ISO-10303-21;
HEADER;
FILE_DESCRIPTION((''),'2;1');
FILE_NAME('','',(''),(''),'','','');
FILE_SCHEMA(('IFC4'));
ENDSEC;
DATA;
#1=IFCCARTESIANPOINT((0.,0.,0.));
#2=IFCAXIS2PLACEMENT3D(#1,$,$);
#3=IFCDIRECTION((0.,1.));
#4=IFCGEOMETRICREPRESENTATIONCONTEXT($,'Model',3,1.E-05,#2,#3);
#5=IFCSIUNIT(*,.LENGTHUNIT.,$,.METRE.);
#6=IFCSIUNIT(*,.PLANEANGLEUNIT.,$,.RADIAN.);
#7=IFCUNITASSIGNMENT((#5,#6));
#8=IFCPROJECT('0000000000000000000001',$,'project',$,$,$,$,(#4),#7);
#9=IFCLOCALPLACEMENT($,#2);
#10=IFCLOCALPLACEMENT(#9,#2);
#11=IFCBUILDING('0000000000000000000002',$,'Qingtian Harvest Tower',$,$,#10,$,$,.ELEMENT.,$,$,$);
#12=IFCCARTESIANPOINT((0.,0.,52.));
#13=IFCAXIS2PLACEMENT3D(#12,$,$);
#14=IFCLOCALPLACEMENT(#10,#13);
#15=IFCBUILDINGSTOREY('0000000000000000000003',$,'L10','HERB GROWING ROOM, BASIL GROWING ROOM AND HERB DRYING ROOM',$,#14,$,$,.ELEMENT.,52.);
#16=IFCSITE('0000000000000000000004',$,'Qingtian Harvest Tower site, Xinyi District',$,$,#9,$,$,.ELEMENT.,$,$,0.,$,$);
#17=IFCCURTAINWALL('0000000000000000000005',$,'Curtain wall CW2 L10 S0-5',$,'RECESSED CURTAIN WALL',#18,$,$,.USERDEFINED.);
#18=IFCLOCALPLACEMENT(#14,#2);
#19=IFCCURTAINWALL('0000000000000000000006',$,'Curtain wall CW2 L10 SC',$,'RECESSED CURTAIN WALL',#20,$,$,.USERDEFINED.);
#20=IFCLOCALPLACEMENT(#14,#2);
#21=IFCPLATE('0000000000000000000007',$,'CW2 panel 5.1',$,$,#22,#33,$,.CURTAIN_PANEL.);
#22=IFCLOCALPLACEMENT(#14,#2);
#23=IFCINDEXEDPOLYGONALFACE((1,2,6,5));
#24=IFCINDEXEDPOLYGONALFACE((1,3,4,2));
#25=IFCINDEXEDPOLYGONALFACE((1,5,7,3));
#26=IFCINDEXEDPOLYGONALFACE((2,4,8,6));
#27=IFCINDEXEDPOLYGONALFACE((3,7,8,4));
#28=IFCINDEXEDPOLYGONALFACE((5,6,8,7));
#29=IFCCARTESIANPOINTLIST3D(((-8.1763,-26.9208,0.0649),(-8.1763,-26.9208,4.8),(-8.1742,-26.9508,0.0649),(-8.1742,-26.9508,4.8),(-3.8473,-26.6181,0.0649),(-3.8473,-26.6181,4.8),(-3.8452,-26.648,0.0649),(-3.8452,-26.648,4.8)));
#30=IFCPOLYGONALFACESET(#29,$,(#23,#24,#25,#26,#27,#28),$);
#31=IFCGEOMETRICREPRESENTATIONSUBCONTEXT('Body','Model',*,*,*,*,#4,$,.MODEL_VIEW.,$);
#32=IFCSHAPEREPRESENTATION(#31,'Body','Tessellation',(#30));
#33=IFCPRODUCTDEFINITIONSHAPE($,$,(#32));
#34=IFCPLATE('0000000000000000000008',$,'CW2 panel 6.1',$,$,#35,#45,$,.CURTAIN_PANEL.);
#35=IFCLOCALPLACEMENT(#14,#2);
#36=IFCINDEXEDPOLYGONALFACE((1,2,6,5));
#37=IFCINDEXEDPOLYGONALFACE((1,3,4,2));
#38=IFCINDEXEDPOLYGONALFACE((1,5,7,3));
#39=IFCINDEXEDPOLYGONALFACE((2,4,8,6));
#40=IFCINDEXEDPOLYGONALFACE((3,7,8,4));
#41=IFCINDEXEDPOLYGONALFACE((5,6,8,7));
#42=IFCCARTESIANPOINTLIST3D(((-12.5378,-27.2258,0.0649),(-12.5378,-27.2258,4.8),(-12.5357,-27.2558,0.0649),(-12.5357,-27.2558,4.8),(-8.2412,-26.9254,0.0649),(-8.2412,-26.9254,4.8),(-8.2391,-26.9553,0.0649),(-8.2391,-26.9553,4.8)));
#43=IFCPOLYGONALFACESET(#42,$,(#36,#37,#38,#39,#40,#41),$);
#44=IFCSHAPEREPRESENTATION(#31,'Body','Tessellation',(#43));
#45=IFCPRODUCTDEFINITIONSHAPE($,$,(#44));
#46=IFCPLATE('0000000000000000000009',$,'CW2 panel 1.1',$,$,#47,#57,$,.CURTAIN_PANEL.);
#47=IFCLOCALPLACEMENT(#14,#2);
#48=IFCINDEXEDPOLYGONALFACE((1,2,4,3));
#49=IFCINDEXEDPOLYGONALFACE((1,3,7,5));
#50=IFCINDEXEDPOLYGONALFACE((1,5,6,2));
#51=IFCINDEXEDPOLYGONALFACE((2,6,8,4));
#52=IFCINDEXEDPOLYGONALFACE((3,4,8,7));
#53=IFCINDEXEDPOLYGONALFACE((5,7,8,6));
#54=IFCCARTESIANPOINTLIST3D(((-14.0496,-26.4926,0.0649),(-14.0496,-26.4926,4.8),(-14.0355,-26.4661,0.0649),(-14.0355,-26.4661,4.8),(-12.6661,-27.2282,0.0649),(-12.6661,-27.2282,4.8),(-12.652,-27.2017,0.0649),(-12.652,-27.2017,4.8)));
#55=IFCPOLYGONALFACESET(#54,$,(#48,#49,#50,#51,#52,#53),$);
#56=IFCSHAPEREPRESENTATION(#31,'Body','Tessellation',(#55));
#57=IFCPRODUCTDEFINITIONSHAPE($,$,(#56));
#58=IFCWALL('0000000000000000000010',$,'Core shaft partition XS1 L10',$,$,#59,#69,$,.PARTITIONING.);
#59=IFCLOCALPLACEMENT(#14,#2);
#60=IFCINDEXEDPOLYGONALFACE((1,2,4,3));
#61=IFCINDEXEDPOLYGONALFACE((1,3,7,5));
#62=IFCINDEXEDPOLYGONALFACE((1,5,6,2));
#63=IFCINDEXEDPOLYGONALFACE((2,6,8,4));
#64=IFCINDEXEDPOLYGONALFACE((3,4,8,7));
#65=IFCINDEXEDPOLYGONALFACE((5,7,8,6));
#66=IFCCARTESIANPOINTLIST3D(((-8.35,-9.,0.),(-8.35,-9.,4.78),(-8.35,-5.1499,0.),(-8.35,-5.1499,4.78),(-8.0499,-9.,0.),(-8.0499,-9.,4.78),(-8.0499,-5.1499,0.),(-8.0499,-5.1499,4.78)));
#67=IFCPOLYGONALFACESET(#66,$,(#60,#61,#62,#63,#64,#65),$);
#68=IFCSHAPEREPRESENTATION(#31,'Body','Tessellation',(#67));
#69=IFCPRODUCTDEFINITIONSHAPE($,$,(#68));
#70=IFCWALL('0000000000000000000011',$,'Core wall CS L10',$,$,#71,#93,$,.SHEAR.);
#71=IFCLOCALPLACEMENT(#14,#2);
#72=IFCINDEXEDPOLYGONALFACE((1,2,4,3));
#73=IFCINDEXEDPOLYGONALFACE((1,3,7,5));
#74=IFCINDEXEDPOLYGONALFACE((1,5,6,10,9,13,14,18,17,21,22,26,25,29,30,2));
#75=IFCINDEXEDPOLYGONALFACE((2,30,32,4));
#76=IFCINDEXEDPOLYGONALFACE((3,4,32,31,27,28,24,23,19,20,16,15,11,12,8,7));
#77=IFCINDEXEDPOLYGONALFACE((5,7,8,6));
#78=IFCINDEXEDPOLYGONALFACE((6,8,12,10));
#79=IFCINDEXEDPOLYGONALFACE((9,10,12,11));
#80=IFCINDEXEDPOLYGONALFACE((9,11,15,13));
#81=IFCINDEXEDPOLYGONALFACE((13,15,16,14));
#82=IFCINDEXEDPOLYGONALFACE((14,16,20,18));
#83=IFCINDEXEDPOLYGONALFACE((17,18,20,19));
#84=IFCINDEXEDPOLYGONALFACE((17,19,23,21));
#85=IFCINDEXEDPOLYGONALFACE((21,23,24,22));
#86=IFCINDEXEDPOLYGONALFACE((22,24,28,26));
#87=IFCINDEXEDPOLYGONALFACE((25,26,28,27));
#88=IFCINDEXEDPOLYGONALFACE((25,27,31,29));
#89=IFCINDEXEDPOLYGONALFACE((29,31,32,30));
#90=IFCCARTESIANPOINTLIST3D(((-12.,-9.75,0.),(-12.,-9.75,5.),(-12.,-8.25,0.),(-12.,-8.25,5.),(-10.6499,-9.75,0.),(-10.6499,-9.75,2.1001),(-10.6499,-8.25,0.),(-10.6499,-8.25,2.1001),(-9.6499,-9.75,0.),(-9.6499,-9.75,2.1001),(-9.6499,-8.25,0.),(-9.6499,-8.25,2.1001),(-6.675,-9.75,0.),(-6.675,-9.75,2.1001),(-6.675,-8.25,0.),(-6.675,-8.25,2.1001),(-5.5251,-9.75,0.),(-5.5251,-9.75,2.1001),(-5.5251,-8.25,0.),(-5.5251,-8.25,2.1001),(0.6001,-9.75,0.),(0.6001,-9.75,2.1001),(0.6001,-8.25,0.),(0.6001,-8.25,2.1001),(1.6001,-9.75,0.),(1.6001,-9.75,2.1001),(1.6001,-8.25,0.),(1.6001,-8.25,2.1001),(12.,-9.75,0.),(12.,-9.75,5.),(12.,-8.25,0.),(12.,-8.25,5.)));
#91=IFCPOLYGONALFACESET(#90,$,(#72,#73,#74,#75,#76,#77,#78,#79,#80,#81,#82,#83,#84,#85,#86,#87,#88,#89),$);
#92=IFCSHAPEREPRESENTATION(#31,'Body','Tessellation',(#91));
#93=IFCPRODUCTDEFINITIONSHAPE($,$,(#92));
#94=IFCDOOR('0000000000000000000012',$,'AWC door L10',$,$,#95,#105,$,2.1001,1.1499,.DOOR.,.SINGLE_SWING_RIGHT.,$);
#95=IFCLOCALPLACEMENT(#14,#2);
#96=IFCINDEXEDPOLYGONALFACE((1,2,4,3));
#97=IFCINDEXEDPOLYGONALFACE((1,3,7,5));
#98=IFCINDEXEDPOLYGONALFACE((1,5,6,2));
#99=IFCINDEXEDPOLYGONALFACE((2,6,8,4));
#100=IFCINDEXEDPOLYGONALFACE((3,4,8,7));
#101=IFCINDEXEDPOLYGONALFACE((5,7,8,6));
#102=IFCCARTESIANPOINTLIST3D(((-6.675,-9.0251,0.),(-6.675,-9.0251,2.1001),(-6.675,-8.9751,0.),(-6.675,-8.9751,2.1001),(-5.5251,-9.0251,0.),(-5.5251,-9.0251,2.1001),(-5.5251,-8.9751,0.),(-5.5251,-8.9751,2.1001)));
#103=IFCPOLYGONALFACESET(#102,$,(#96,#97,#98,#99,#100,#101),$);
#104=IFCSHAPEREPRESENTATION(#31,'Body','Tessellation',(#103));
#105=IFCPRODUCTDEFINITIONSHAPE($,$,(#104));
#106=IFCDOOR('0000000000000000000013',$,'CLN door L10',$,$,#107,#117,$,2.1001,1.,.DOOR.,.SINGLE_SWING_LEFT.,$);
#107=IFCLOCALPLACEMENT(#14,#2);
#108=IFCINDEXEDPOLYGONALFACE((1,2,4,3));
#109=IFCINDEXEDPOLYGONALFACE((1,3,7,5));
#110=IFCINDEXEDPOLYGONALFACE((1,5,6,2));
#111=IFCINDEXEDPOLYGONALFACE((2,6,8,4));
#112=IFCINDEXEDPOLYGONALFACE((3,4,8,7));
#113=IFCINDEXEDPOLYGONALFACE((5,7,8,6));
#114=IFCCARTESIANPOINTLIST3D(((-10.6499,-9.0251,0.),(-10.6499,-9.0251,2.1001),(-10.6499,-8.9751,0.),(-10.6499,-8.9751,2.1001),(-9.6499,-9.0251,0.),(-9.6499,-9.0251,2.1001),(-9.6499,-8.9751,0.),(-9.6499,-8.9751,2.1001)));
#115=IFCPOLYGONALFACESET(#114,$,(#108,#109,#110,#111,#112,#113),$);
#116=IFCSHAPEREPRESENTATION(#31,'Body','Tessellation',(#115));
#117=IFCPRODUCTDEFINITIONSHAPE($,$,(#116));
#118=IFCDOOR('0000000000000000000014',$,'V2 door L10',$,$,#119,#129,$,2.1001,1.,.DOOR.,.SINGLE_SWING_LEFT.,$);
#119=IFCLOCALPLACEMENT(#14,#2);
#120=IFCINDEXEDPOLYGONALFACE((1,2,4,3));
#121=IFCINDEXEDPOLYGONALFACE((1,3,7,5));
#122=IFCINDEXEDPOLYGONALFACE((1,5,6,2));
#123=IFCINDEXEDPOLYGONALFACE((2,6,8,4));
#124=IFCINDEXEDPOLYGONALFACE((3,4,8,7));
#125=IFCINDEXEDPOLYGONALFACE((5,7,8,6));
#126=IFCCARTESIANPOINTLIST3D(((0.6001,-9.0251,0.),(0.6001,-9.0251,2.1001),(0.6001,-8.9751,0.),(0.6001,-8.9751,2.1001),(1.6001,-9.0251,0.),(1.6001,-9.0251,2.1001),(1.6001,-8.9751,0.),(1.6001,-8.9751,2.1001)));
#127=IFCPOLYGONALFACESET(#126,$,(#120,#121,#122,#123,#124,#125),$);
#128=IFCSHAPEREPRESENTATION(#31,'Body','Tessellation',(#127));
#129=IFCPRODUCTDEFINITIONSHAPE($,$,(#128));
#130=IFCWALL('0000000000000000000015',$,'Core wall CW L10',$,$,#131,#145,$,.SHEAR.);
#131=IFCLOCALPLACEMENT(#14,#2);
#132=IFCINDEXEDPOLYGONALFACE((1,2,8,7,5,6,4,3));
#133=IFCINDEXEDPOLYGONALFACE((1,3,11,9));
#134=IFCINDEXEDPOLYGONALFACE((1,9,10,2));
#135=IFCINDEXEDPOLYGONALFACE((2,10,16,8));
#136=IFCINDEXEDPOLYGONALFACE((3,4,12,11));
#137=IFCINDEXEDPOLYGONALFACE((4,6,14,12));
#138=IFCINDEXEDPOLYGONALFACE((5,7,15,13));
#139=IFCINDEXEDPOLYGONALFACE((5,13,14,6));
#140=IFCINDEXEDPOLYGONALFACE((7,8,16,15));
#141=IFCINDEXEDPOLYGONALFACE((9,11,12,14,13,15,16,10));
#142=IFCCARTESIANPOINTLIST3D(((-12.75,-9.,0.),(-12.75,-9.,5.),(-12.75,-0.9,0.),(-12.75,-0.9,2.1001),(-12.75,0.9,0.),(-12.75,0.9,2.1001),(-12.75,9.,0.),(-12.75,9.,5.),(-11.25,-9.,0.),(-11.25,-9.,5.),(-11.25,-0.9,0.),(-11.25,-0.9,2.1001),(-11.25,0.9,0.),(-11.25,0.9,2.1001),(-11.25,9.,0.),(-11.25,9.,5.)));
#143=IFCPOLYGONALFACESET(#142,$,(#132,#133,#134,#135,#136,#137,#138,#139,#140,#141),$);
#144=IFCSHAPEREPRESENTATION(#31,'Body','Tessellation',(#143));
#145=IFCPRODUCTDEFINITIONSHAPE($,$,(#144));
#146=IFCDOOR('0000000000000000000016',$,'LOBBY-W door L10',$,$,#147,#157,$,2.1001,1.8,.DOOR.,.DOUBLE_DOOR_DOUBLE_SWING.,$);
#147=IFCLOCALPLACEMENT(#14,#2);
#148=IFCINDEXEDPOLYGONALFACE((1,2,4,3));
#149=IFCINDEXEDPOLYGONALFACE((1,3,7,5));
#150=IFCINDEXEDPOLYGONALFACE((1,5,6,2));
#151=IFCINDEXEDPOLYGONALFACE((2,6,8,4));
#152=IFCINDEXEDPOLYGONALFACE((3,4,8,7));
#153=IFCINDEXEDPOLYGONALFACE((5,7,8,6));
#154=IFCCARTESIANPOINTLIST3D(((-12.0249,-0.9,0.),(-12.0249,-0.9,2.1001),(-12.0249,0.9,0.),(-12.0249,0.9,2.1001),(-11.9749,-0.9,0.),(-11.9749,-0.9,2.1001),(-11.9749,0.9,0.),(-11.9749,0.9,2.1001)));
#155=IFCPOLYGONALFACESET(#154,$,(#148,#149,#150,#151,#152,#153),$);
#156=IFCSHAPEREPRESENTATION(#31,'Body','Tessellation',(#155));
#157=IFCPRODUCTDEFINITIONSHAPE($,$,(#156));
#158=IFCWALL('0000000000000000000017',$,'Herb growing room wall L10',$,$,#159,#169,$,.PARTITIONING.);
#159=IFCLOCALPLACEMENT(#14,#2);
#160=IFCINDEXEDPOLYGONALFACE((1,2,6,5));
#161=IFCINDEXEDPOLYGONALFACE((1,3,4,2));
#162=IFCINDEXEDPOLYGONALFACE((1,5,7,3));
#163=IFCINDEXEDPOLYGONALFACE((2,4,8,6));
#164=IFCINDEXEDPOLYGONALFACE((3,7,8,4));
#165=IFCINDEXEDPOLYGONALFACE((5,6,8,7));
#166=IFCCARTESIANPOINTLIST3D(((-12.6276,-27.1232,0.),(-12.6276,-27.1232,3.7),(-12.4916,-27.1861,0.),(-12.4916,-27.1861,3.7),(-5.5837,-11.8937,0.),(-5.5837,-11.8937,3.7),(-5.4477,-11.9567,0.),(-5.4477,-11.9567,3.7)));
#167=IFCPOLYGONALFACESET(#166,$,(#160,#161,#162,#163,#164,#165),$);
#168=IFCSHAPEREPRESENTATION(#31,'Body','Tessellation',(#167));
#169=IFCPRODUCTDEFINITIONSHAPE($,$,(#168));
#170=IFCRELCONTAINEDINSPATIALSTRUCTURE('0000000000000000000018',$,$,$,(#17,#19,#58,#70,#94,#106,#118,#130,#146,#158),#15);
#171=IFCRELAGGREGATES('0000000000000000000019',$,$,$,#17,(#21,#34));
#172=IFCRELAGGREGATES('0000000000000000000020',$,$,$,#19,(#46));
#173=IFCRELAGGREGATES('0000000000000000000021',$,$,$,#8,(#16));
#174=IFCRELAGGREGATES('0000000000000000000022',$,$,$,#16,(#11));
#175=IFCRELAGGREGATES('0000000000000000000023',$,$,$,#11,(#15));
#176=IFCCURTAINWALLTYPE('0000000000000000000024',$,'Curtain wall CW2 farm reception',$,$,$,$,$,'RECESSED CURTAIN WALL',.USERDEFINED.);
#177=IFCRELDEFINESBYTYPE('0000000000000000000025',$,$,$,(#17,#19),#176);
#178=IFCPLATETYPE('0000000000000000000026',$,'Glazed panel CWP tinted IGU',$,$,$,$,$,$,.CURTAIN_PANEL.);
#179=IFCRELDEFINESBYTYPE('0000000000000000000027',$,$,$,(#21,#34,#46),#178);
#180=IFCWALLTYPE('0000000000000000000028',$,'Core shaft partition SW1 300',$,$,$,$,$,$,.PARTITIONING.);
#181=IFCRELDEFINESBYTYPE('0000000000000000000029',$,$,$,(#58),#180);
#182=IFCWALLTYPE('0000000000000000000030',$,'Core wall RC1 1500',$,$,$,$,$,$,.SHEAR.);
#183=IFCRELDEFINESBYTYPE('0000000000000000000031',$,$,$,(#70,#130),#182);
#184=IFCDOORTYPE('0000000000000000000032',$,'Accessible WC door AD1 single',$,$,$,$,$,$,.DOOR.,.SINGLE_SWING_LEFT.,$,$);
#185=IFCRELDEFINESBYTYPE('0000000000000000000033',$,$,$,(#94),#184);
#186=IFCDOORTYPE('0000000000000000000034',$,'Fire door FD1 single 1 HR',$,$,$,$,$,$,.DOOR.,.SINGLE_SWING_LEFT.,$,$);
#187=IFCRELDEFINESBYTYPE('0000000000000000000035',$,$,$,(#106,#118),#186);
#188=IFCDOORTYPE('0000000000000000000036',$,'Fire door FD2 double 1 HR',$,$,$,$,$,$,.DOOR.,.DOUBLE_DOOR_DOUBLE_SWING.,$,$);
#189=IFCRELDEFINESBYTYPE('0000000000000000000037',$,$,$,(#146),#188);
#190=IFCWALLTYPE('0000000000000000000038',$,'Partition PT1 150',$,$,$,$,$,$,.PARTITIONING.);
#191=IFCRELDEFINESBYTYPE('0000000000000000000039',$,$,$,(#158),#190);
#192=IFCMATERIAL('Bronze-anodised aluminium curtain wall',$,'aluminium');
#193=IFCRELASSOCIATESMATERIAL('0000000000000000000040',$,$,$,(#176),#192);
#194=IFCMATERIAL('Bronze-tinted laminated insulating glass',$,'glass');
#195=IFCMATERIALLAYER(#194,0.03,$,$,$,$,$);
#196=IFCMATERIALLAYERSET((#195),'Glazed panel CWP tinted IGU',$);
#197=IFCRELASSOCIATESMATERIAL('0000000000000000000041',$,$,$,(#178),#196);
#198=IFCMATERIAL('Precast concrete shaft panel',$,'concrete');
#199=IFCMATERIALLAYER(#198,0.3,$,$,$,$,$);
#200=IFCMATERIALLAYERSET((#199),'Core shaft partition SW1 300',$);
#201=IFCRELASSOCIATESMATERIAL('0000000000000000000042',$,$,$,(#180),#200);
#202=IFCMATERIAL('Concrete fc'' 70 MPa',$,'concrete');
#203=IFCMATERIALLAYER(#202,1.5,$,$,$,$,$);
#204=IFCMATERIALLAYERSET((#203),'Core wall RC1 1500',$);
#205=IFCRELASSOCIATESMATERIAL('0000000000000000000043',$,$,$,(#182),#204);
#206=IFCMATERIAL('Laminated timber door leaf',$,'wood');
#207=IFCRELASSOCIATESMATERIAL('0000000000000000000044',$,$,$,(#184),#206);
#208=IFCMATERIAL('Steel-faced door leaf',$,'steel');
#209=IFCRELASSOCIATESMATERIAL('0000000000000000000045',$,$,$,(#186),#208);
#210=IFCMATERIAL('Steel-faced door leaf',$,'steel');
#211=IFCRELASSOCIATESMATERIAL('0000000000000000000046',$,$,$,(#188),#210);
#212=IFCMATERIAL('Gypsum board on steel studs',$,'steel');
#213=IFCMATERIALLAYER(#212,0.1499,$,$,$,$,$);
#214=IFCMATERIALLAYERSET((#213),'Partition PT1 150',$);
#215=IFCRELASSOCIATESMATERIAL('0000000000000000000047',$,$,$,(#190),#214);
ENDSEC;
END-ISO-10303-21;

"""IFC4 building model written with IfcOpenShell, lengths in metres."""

from ifc_helpers import new_model, si_unit, direction, frame, frame_2d, origin, origin_2d, place, context, subcontext, project, spatial, rectangle, extrude, material, layer, layer_set, type_object, element, fill, aggregate, save


model = new_model("IFC4")

# Units and contexts
model_context = context("Model", 3, precision=1e-05, world=origin(), true_north=direction((0.0, 1.0)))
body_context = subcontext(model_context, "Body", "Model", "MODEL_VIEW")
ifc_project = project(units=[si_unit("LENGTHUNIT", "METRE"), si_unit("PLANEANGLEUNIT", "RADIAN")], contexts=[model_context])

# Site, building, storey
site_placement = place(None, origin())
site = spatial("IfcSite", under=ifc_project, at=site_placement, Name="Qingtian Harvest Tower site, Xinyi District", CompositionType="ELEMENT", RefElevation=0.0)
building_placement = place(site_placement, origin())
building = spatial("IfcBuilding", under=site, at=building_placement, Name="Qingtian Harvest Tower", CompositionType="ELEMENT")
storey_placement = place(building_placement, frame((0.0, 0.0, 52.0)))
storey = spatial("IfcBuildingStorey", under=building, at=storey_placement, Name="L10", Description="HERB GROWING ROOM, BASIL GROWING ROOM AND HERB DRYING ROOM", CompositionType="ELEMENT", Elevation=52.0)

# Curtain walls
ifc_material_1 = material(Name="Bronze-anodised aluminium curtain wall", Category="aluminium")
curtain_wall_type = type_object("IfcCurtainWallType", Name="Curtain wall CW2 farm reception", ElementType="RECESSED CURTAIN WALL", PredefinedType="USERDEFINED", material=ifc_material_1)
curtain_wall_1_placement = place(storey_placement, origin())
curtain_wall_1 = element("IfcCurtainWall", 1, at=curtain_wall_1_placement, inside=storey, type_object=curtain_wall_type, Name="Curtain wall CW2 L10 S0-5", ObjectType="RECESSED CURTAIN WALL", PredefinedType="USERDEFINED")
curtain_wall_2_placement = place(storey_placement, origin())
curtain_wall_2 = element("IfcCurtainWall", 2, at=curtain_wall_2_placement, inside=storey, type_object=curtain_wall_type, Name="Curtain wall CW2 L10 SC", ObjectType="RECESSED CURTAIN WALL", PredefinedType="USERDEFINED")

# Plates
ifc_material_2 = material(Name="Bronze-tinted laminated insulating glass", Category="glass")
ifc_layer_1 = layer(ifc_material_2, 0.03)
ifc_layer_set_1 = layer_set([ifc_layer_1], Name="Glazed panel CWP tinted IGU")
plate_type = type_object("IfcPlateType", Name="Glazed panel CWP tinted IGU", PredefinedType="CURTAIN_PANEL", material=ifc_layer_set_1)
plate_1_placement = place(storey_placement, frame((-6.0107, -26.7844, 0.0649), z_axis=(0.0, 0.0, 1.0), x_axis=(-0.997564, -0.069756, 0.0)))
plate_1 = element("IfcPlate", 3, at=plate_1_placement, type_object=plate_type, Name="CW2 panel 5.1", PredefinedType="CURTAIN_PANEL", context=body_context, shape_type="SweptSolid", body=[
    extrude(rectangle(XDim=4.3396, YDim=0.03, at=origin_2d()), origin(), (0.0, 0.0, 1.0), 4.7351),
])
plate_2_placement = place(storey_placement, frame((-10.3884, -27.0906, 0.0649), z_axis=(0.0, 0.0, 1.0), x_axis=(-0.997564, -0.069756, 0.0)))
plate_2 = element("IfcPlate", 4, at=plate_2_placement, type_object=plate_type, Name="CW2 panel 6.1", PredefinedType="CURTAIN_PANEL", context=body_context, shape_type="SweptSolid", body=[
    extrude(rectangle(XDim=4.3071, YDim=0.03, at=origin_2d()), origin(), (0.0, 0.0, 1.0), 4.7351),
])
aggregate(curtain_wall_1, [plate_1, plate_2])
plate_3_placement = place(storey_placement, frame((-13.3508, -26.8472, 0.0649), z_axis=(0.0, 0.0, 1.0), x_axis=(-0.882948, 0.469472, 0.0)))
plate_3 = element("IfcPlate", 5, at=plate_3_placement, type_object=plate_type, Name="CW2 panel 1.1", PredefinedType="CURTAIN_PANEL", context=body_context, shape_type="SweptSolid", body=[
    extrude(rectangle(XDim=1.5669, YDim=0.03, at=origin_2d()), origin(), (0.0, 0.0, 1.0), 4.7351),
])
aggregate(curtain_wall_2, [plate_3])

# Wall
ifc_material_3 = material(Name="Precast concrete shaft panel", Category="concrete")
ifc_layer_2 = layer(ifc_material_3, 0.3)
ifc_layer_set_2 = layer_set([ifc_layer_2], Name="Core shaft partition SW1 300")
wall_type_1 = type_object("IfcWallType", Name="Core shaft partition SW1 300", PredefinedType="PARTITIONING", material=ifc_layer_set_2)
wall_1_placement = place(storey_placement, frame((-8.2, -9.0, 0.0), z_axis=(0.0, 0.0, 1.0), x_axis=(0.0, 1.0, 0.0)))
element("IfcWall", 6, at=wall_1_placement, inside=storey, type_object=wall_type_1, Name="Core shaft partition XS1 L10", PredefinedType="PARTITIONING", context=body_context, shape_type="SweptSolid", body=[
    extrude(rectangle(XDim=3.8501, YDim=0.3, at=frame_2d((1.925, 0.0))), origin(), (0.0, 0.0, 1.0), 4.78),
])

# Wall, openings, doors
ifc_material_4 = material(Name="Concrete fc' 70 MPa", Category="concrete")
ifc_layer_3 = layer(ifc_material_4, 1.5)
ifc_layer_set_3 = layer_set([ifc_layer_3], Name="Core wall RC1 1500")
wall_type_2 = type_object("IfcWallType", Name="Core wall RC1 1500", PredefinedType="SHEAR", material=ifc_layer_set_3)
wall_2_placement = place(storey_placement, frame((-12.0, -9.0, 0.0), z_axis=(0.0, 0.0, 1.0), x_axis=(1.0, 0.0, 0.0)))
wall_2 = element("IfcWall", 7, at=wall_2_placement, inside=storey, type_object=wall_type_2, Name="Core wall CS L10", PredefinedType="SHEAR", context=body_context, shape_type="SweptSolid", body=[
    extrude(rectangle(XDim=24.0, YDim=1.5, at=frame_2d((12.0, 0.0))), origin(), (0.0, 0.0, 1.0), 5.0),
])
opening_1_placement = place(wall_2_placement, frame((1.3501, 0.0, 0.0)))
opening_1 = element("IfcOpeningElement", 8, at=opening_1_placement, cuts=wall_2, PredefinedType="OPENING", context=body_context, shape_type="SweptSolid", body=[
    extrude(rectangle(XDim=1.0, YDim=2.1001, at=frame_2d((0.5, 1.05))), frame((0.0, 0.76, 0.0), z_axis=(0.0, -1.0, 0.0), x_axis=(1.0, 0.0, 0.0)), (0.0, 0.0, 1.0), 1.52),
])
opening_2_placement = place(wall_2_placement, frame((5.325, 0.0, 0.0)))
opening_2 = element("IfcOpeningElement", 9, at=opening_2_placement, cuts=wall_2, PredefinedType="OPENING", context=body_context, shape_type="SweptSolid", body=[
    extrude(rectangle(XDim=1.1499, YDim=2.1001, at=frame_2d((0.575, 1.05))), frame((0.0, 0.76, 0.0), z_axis=(0.0, -1.0, 0.0), x_axis=(1.0, 0.0, 0.0)), (0.0, 0.0, 1.0), 1.52),
])
opening_3_placement = place(wall_2_placement, frame((12.6001, 0.0, 0.0)))
opening_3 = element("IfcOpeningElement", 10, at=opening_3_placement, cuts=wall_2, PredefinedType="OPENING", context=body_context, shape_type="SweptSolid", body=[
    extrude(rectangle(XDim=1.0, YDim=2.1001, at=frame_2d((0.5, 1.05))), frame((0.0, 0.76, 0.0), z_axis=(0.0, -1.0, 0.0), x_axis=(1.0, 0.0, 0.0)), (0.0, 0.0, 1.0), 1.52),
])
ifc_material_5 = material(Name="Laminated timber door leaf", Category="wood")
door_type_1 = type_object("IfcDoorType", Name="Accessible WC door AD1 single", OperationType="SINGLE_SWING_LEFT", PredefinedType="DOOR", material=ifc_material_5)
door_1_placement = place(opening_2_placement, origin())
door_1 = element("IfcDoor", 11, at=door_1_placement, inside=storey, type_object=door_type_1, Name="AWC door L10", OperationType="SINGLE_SWING_RIGHT", OverallHeight=2.1001, OverallWidth=1.1499, PredefinedType="DOOR", context=body_context, shape_type="SweptSolid", body=[
    extrude(rectangle(XDim=1.1499, YDim=2.1001, at=frame_2d((0.575, 1.05))), frame((0.0, 0.0249, 0.0), z_axis=(0.0, -1.0, 0.0), x_axis=(1.0, 0.0, 0.0)), (0.0, 0.0, 1.0), 0.05),
])
fill(opening_2, door_1)
ifc_material_6 = material(Name="Steel-faced door leaf", Category="steel")
door_type_2 = type_object("IfcDoorType", Name="Fire door FD1 single 1 HR", OperationType="SINGLE_SWING_LEFT", PredefinedType="DOOR", material=ifc_material_6)
door_2_placement = place(opening_1_placement, origin())
door_2 = element("IfcDoor", 12, at=door_2_placement, inside=storey, type_object=door_type_2, Name="CLN door L10", OperationType="SINGLE_SWING_LEFT", OverallHeight=2.1001, OverallWidth=1.0, PredefinedType="DOOR", context=body_context, shape_type="SweptSolid", body=[
    extrude(rectangle(XDim=1.0, YDim=2.1001, at=frame_2d((0.5, 1.05))), frame((0.0, 0.0249, 0.0), z_axis=(0.0, -1.0, 0.0), x_axis=(1.0, 0.0, 0.0)), (0.0, 0.0, 1.0), 0.05),
])
fill(opening_1, door_2)
door_3_placement = place(opening_3_placement, origin())
door_3 = element("IfcDoor", 13, at=door_3_placement, inside=storey, type_object=door_type_2, Name="V2 door L10", OperationType="SINGLE_SWING_LEFT", OverallHeight=2.1001, OverallWidth=1.0, PredefinedType="DOOR", context=body_context, shape_type="SweptSolid", body=[
    extrude(rectangle(XDim=1.0, YDim=2.1001, at=frame_2d((0.5, 1.05))), frame((0.0, 0.0249, 0.0), z_axis=(0.0, -1.0, 0.0), x_axis=(1.0, 0.0, 0.0)), (0.0, 0.0, 1.0), 0.05),
])
fill(opening_3, door_3)

# Wall, opening, door
wall_3_placement = place(storey_placement, frame((-12.0, -9.0, 0.0), z_axis=(0.0, 0.0, 1.0), x_axis=(0.0, 1.0, 0.0)))
wall_3 = element("IfcWall", 14, at=wall_3_placement, inside=storey, type_object=wall_type_2, Name="Core wall CW L10", PredefinedType="SHEAR", context=body_context, shape_type="SweptSolid", body=[
    extrude(rectangle(XDim=18.0, YDim=1.5, at=frame_2d((9.0, 0.0))), origin(), (0.0, 0.0, 1.0), 5.0),
])
opening_4_placement = place(wall_3_placement, frame((8.1001, 0.0, 0.0)))
opening_4 = element("IfcOpeningElement", 15, at=opening_4_placement, cuts=wall_3, PredefinedType="OPENING", context=body_context, shape_type="SweptSolid", body=[
    extrude(rectangle(XDim=1.8, YDim=2.1001, at=frame_2d((0.8999, 1.05))), frame((0.0, 0.76, 0.0), z_axis=(0.0, -1.0, 0.0), x_axis=(1.0, 0.0, 0.0)), (0.0, 0.0, 1.0), 1.52),
])
ifc_material_7 = material(Name="Steel-faced door leaf", Category="steel")
door_type_3 = type_object("IfcDoorType", Name="Fire door FD2 double 1 HR", OperationType="DOUBLE_DOOR_DOUBLE_SWING", PredefinedType="DOOR", material=ifc_material_7)
door_4_placement = place(opening_4_placement, origin())
door_4 = element("IfcDoor", 16, at=door_4_placement, inside=storey, type_object=door_type_3, Name="LOBBY-W door L10", OperationType="DOUBLE_DOOR_DOUBLE_SWING", OverallHeight=2.1001, OverallWidth=1.8, PredefinedType="DOOR", context=body_context, shape_type="SweptSolid", body=[
    extrude(rectangle(XDim=1.8, YDim=2.1001, at=frame_2d((0.8999, 1.05))), frame((0.0, 0.0249, 0.0), z_axis=(0.0, -1.0, 0.0), x_axis=(1.0, 0.0, 0.0)), (0.0, 0.0, 1.0), 0.05),
])
fill(opening_4, door_4)

# Wall
ifc_material_8 = material(Name="Gypsum board on steel studs", Category="steel")
ifc_layer_4 = layer(ifc_material_8, 0.1499)
ifc_layer_set_4 = layer_set([ifc_layer_4], Name="Partition PT1 150")
wall_type_3 = type_object("IfcWallType", Name="Partition PT1 150", PredefinedType="PARTITIONING", material=ifc_layer_set_4)
wall_4_placement = place(storey_placement, frame((-12.5596, -27.1545, 0.0), z_axis=(0.0, 0.0, 1.0), x_axis=(0.419792, 0.90762, 0.0)))
element("IfcWall", 17, at=wall_4_placement, inside=storey, type_object=wall_type_3, Name="Herb growing room wall L10", PredefinedType="PARTITIONING", context=body_context, shape_type="SweptSolid", body=[
    extrude(rectangle(XDim=16.7795, YDim=0.1499, at=frame_2d((8.3896, 0.0))), origin(), (0.0, 0.0, 1.0), 3.7),
])

save(model, "model.ifc")
